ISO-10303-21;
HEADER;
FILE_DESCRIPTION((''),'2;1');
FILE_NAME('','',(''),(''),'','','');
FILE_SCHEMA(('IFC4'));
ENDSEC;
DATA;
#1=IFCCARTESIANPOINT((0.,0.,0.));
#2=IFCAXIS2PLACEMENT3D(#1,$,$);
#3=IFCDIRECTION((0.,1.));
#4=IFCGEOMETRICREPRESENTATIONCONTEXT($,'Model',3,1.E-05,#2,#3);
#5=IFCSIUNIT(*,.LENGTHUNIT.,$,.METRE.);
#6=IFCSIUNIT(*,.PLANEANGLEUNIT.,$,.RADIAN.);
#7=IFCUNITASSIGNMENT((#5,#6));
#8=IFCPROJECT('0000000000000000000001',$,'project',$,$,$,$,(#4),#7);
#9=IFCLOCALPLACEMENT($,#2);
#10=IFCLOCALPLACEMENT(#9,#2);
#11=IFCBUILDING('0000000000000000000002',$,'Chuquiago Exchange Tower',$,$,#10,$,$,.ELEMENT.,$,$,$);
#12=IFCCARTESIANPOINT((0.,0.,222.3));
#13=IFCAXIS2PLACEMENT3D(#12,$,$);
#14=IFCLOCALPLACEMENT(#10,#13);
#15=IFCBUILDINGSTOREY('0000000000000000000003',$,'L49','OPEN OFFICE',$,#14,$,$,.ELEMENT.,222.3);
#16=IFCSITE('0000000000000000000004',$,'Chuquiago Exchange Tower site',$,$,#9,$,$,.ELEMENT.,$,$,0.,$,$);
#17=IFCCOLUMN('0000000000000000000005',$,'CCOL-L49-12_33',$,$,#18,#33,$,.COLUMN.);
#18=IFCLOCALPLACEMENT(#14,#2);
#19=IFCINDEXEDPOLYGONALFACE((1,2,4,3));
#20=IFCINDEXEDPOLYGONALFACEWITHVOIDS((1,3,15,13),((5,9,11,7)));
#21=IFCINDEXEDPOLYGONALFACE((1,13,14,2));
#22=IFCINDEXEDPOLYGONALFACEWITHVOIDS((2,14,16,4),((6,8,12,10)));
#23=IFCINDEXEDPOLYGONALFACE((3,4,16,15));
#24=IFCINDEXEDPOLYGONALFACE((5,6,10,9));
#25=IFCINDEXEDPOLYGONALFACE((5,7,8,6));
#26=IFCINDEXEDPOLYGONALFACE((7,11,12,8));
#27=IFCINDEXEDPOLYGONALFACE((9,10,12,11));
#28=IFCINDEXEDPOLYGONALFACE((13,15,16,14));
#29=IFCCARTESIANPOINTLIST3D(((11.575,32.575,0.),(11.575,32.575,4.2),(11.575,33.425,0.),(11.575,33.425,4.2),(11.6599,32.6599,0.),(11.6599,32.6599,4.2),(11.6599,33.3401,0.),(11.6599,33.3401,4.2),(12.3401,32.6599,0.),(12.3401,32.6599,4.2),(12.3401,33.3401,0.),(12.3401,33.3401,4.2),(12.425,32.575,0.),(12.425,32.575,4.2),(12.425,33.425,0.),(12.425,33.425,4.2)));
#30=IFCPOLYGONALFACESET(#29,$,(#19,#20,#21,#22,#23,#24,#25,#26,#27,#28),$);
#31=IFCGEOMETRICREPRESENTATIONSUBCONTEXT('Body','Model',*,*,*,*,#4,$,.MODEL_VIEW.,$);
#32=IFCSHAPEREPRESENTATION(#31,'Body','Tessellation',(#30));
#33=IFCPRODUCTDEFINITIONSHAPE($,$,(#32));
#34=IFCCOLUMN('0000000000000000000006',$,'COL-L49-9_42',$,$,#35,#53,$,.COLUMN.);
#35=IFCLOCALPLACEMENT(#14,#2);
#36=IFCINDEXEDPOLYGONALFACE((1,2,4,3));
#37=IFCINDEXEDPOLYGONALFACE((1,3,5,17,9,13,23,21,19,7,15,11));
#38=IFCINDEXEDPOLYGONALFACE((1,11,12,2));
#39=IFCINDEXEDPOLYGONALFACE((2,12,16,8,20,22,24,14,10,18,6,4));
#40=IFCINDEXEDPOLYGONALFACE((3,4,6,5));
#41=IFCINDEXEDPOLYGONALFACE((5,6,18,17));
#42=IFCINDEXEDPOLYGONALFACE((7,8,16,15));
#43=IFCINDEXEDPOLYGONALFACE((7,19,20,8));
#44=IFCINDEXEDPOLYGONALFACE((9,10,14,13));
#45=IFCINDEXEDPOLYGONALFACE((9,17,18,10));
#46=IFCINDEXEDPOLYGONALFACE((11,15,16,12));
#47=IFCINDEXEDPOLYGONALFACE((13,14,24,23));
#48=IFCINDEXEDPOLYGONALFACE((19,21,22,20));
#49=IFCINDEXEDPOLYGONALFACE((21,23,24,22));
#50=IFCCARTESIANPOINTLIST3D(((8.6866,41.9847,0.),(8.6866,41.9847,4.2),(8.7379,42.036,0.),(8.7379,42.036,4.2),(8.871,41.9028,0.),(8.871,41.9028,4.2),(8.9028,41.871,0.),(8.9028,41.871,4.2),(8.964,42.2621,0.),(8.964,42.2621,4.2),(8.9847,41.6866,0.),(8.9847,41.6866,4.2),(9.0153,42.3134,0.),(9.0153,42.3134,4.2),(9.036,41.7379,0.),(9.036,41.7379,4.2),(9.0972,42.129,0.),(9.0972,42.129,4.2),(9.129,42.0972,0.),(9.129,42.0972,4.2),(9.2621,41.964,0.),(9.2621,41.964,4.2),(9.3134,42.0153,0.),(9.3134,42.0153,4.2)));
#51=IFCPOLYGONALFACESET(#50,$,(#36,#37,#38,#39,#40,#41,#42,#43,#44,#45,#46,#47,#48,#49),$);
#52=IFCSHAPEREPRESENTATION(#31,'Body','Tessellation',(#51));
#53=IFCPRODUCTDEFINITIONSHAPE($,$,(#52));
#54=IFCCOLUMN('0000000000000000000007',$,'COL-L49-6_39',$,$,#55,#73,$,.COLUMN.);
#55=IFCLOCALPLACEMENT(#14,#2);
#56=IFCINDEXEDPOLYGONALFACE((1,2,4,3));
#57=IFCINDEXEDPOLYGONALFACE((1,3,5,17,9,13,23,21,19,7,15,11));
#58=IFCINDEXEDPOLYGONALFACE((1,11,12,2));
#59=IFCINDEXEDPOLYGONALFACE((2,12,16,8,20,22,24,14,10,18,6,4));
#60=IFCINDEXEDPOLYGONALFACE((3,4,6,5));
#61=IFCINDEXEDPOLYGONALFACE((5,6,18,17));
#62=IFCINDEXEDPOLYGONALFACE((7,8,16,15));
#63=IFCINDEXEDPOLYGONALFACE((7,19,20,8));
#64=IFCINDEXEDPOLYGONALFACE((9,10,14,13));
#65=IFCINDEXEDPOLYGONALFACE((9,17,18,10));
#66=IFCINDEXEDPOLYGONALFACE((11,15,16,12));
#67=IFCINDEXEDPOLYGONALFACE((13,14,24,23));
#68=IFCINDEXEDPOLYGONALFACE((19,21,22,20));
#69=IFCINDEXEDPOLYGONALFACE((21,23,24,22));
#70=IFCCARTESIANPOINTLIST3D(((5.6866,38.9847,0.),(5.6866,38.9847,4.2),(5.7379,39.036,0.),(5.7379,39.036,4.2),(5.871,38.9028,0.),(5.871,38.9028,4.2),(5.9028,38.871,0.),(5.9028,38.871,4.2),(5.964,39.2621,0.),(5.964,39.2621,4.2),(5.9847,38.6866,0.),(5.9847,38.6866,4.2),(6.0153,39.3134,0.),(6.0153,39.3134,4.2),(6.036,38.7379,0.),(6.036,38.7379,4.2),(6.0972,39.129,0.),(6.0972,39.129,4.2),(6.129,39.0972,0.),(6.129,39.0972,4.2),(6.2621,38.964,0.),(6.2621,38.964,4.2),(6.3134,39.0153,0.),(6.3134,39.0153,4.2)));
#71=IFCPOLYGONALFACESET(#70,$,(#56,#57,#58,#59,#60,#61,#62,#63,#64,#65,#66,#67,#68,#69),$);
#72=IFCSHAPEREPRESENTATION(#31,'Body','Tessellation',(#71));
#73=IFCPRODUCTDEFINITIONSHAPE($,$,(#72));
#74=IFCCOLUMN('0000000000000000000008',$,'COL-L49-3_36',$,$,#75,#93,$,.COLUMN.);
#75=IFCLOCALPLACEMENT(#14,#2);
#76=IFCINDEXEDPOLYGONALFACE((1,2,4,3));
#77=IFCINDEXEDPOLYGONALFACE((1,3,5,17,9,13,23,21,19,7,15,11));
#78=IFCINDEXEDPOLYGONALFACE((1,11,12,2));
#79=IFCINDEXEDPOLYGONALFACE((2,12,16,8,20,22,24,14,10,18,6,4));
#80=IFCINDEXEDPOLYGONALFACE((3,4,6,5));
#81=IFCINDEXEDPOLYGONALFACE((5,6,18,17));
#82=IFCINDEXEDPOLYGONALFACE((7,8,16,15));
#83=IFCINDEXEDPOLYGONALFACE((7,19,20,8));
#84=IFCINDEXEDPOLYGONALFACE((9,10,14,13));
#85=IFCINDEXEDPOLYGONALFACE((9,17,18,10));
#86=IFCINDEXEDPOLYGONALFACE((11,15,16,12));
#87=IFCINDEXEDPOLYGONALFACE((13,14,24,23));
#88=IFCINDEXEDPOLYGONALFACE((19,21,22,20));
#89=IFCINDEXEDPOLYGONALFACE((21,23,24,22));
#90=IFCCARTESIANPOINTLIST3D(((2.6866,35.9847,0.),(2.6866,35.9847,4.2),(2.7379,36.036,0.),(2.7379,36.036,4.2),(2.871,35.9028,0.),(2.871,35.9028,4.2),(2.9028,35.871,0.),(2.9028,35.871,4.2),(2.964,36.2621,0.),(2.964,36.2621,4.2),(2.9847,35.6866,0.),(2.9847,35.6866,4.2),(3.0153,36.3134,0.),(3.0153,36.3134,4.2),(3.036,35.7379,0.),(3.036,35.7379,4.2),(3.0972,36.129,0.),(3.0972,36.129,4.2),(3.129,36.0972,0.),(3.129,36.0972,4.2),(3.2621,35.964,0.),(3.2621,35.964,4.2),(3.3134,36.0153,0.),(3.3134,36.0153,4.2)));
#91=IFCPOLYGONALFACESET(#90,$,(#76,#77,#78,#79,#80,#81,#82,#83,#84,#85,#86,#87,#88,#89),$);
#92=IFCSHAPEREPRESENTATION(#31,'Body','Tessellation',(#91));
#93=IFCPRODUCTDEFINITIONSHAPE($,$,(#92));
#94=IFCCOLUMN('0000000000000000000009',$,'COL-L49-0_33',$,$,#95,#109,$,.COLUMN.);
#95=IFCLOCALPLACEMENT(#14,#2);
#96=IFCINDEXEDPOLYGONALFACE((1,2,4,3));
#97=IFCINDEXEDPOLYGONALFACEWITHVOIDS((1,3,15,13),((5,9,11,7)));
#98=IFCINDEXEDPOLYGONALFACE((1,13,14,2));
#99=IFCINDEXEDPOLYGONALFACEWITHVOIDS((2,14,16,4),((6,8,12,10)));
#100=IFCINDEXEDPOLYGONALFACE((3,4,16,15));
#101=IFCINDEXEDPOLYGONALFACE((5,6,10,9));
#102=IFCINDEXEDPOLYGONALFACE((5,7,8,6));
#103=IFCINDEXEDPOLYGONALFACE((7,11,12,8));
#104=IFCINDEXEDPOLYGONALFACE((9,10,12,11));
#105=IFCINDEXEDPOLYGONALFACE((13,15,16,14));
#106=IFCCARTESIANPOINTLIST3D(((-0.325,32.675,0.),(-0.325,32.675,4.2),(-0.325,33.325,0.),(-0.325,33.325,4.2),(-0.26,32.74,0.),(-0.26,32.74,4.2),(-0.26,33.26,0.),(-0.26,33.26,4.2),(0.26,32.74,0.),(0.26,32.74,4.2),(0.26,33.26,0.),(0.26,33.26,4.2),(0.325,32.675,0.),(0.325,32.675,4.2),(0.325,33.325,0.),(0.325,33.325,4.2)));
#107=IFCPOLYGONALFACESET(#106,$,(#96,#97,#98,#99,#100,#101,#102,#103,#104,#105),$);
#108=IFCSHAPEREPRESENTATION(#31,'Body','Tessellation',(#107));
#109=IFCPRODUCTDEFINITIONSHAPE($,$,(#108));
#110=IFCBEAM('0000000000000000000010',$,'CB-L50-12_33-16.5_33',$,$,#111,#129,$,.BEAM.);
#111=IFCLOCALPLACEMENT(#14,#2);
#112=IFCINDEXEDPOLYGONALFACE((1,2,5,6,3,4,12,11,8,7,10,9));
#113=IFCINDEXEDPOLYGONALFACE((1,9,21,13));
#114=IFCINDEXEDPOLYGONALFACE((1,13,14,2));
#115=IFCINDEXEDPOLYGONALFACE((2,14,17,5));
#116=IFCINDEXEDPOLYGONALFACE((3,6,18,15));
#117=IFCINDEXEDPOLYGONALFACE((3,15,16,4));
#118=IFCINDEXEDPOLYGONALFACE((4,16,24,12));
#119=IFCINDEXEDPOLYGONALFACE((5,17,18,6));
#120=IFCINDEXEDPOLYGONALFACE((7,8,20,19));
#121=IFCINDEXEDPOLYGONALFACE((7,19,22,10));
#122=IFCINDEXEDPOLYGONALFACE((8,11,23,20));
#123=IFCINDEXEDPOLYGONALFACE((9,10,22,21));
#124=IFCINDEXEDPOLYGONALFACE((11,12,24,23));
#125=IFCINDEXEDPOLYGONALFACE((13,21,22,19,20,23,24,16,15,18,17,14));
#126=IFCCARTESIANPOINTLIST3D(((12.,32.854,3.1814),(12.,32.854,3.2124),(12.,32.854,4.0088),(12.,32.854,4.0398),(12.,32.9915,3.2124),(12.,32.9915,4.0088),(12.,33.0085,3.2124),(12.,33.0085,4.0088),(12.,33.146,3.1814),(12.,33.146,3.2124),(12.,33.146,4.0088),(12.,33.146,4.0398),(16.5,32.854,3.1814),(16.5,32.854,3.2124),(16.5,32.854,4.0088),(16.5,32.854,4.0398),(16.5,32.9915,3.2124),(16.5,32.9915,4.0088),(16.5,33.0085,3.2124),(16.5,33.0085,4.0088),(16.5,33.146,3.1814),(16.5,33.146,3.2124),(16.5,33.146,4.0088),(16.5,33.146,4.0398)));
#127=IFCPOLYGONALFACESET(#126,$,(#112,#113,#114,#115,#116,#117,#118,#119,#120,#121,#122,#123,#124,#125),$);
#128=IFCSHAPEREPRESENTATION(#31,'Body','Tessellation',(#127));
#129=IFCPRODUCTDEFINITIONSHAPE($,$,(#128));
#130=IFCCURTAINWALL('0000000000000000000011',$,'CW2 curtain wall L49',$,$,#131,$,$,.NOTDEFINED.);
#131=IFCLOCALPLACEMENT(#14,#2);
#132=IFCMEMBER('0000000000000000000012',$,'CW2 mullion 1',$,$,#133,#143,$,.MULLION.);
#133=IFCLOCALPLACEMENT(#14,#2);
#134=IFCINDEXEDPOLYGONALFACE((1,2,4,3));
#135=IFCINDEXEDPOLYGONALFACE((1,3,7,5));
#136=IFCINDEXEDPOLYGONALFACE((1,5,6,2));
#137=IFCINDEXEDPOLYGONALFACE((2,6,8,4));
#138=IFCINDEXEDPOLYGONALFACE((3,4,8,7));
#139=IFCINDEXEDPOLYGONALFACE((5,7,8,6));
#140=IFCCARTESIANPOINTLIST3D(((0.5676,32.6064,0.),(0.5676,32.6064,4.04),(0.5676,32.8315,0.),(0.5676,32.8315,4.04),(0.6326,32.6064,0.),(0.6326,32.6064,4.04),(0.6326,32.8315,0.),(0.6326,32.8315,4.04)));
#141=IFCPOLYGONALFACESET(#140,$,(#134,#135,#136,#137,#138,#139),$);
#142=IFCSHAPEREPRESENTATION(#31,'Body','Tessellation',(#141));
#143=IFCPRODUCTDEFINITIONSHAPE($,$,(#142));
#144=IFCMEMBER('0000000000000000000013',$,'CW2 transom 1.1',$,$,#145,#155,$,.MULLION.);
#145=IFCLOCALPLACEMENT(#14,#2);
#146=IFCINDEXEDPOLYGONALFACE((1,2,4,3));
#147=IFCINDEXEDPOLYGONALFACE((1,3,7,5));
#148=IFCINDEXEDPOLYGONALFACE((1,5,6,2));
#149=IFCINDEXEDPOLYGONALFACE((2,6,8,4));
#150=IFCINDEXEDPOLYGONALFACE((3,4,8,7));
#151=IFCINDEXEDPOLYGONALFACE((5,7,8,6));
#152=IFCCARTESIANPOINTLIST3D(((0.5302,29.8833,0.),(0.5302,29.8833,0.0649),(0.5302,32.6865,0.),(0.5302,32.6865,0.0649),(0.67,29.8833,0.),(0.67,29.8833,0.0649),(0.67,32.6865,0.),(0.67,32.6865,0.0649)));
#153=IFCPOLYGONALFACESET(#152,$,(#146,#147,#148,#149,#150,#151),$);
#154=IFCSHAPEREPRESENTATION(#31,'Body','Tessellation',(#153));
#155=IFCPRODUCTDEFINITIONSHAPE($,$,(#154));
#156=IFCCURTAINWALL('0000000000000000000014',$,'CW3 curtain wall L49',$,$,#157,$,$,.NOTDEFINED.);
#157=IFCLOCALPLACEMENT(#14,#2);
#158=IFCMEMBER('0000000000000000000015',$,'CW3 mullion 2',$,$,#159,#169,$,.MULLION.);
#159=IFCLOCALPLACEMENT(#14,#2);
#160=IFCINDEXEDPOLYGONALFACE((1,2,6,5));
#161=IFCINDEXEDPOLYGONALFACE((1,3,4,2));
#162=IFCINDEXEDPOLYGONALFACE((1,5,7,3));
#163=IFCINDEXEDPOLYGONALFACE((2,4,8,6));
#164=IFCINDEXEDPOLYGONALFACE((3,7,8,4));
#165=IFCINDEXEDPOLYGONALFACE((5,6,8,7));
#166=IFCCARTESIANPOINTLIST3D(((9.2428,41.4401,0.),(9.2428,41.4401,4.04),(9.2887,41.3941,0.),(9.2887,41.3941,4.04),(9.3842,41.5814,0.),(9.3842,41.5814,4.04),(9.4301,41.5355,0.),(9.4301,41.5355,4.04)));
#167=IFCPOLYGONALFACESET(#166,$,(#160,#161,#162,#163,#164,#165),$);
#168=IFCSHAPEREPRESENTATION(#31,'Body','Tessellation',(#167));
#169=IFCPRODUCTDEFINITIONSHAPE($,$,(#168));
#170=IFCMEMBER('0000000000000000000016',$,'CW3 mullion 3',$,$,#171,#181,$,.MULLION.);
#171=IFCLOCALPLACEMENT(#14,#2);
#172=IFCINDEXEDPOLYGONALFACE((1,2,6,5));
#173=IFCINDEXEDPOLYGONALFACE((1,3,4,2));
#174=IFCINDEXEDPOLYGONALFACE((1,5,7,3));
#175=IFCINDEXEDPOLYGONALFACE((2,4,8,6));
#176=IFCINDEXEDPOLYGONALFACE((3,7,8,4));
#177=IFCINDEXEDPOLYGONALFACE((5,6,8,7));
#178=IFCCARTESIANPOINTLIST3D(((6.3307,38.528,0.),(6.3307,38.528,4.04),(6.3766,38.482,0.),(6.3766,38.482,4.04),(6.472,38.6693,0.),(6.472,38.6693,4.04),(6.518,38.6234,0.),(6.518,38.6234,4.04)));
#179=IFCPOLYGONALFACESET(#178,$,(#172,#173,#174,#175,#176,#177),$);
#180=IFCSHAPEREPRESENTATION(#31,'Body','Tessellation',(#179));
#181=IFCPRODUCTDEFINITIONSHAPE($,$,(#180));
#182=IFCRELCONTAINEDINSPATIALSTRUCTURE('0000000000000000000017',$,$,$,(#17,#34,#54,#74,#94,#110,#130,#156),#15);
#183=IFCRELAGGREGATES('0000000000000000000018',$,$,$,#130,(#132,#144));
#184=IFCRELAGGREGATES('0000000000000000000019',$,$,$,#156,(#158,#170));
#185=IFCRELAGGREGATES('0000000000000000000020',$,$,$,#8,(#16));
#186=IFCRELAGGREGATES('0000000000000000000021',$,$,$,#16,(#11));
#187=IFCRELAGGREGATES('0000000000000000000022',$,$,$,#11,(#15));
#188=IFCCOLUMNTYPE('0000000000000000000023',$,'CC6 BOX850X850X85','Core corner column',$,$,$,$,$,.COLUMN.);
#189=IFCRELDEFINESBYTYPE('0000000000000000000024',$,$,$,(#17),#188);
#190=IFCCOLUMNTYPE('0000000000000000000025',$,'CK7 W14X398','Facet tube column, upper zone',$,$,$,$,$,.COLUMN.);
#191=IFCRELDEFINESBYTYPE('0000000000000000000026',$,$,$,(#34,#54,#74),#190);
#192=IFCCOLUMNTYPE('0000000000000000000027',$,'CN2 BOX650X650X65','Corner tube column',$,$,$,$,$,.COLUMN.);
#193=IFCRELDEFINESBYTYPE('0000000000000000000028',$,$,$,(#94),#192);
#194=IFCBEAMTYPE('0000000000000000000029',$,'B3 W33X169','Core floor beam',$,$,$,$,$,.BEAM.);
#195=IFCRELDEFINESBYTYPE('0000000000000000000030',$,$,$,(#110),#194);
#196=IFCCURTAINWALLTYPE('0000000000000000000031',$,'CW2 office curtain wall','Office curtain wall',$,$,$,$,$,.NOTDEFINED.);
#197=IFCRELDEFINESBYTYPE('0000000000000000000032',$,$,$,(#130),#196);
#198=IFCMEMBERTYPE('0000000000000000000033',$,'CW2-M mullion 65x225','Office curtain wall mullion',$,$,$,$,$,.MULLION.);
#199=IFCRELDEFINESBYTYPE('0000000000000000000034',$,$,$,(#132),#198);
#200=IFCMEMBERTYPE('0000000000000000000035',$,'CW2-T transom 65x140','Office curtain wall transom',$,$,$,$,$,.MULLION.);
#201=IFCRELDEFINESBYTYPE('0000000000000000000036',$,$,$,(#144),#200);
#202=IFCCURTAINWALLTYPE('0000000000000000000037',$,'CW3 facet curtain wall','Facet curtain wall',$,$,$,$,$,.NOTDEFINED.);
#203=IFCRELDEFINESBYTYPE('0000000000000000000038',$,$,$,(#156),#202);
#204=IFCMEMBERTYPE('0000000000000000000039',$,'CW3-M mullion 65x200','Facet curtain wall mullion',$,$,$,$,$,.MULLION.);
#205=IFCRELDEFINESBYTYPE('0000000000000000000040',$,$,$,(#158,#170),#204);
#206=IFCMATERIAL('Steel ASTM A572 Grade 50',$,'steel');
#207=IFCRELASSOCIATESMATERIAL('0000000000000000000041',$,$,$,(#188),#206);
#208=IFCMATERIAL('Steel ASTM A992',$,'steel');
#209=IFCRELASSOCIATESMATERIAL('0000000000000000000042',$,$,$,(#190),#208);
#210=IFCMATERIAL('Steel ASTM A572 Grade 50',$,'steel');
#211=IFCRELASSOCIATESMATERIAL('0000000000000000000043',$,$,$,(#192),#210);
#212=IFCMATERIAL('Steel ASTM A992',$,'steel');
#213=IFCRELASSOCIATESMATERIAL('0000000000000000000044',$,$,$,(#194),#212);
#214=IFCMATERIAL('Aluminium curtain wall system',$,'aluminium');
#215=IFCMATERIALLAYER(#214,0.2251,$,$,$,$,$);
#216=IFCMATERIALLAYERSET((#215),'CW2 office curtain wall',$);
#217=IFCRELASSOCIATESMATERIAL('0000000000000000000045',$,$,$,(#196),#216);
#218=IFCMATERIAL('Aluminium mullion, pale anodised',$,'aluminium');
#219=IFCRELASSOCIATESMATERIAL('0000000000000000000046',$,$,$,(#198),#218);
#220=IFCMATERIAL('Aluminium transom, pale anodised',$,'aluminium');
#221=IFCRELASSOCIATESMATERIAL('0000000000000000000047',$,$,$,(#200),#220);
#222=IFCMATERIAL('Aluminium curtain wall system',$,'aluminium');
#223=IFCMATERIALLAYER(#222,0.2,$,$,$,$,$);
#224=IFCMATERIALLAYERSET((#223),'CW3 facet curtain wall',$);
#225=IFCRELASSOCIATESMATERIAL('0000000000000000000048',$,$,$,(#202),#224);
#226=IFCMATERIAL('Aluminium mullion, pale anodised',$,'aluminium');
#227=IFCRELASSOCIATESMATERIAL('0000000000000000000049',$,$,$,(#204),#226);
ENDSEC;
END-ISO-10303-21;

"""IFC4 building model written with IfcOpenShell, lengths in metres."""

from ifc_helpers import new_model, si_unit, direction, frame, origin, origin_2d, place, context, subcontext, project, spatial, rectangle, hollow_rectangle, i_section, extrude, material, layer, layer_set, material_profile, profile_set, type_object, element, aggregate, save


model = new_model("IFC4")

# Units and contexts
model_context = context("Model", 3, precision=1e-05, world=origin(), true_north=direction((0.0, 1.0)))
body_context = subcontext(model_context, "Body", "Model", "MODEL_VIEW")
ifc_project = project(units=[si_unit("LENGTHUNIT", "METRE"), si_unit("PLANEANGLEUNIT", "RADIAN")], contexts=[model_context])

# Site, building, storey
site_placement = place(None, origin())
site = spatial("IfcSite", under=ifc_project, at=site_placement, Name="Chuquiago Exchange Tower site", CompositionType="ELEMENT", RefElevation=0.0)
building_placement = place(site_placement, origin())
building = spatial("IfcBuilding", under=site, at=building_placement, Name="Chuquiago Exchange Tower", CompositionType="ELEMENT")
storey_placement = place(building_placement, frame((0.0, 0.0, 222.3)))
storey = spatial("IfcBuildingStorey", under=building, at=storey_placement, Name="L49", Description="OPEN OFFICE", CompositionType="ELEMENT", Elevation=222.3)

# Columns
ifc_material_1 = material(Name="Steel ASTM A572 Grade 50", Category="steel")
ifc_material_profile_1 = material_profile(ifc_material_1, hollow_rectangle(XDim=0.8501, YDim=0.8501, WallThickness=0.085, at=origin_2d()), Name="BOX850X850X85")
ifc_profile_set_1 = profile_set([ifc_material_profile_1], Name="Steel ASTM A572 Grade 50")
column_type_1 = type_object("IfcColumnType", Name="CC6 BOX850X850X85", Description="Core corner column", PredefinedType="COLUMN", material=ifc_profile_set_1)
column_1_placement = place(storey_placement, frame((12.0, 33.0, 0.0), z_axis=(0.0, 0.0, 1.0), x_axis=(1.0, 0.0, 0.0)))
element("IfcColumn", 1, at=column_1_placement, inside=storey, type_object=column_type_1, Name="CCOL-L49-12_33", PredefinedType="COLUMN", context=body_context, shape_type="SweptSolid", body=[
    extrude(hollow_rectangle(XDim=0.8501, YDim=0.8501, WallThickness=0.085, at=origin_2d()), origin(), (0.0, 0.0, 1.0), 4.2),
])
ifc_material_2 = material(Name="Steel ASTM A992", Category="steel")
ifc_material_profile_2 = material_profile(ifc_material_2, i_section(OverallWidth=0.4216, OverallDepth=0.4648, WebThickness=0.0449, FlangeThickness=0.0725, at=origin_2d()), Name="W14X398")
ifc_profile_set_2 = profile_set([ifc_material_profile_2], Name="Steel ASTM A992")
column_type_2 = type_object("IfcColumnType", Name="CK7 W14X398", Description="Facet tube column, upper zone", PredefinedType="COLUMN", material=ifc_profile_set_2)
for number, where, z_axis, x_axis, name in (
    (2, (9.0, 42.0, 0.0), (0.0, 0.0, 1.0), (-0.707107, 0.707107, 0.0), "COL-L49-9_42"),
    (3, (6.0, 39.0, 0.0), (0.0, 0.0, 1.0), (-0.707107, 0.707107, 0.0), "COL-L49-6_39"),
    (4, (3.0, 36.0, 0.0), (0.0, 0.0, 1.0), (-0.707107, 0.707107, 0.0), "COL-L49-3_36"),
):
    element("IfcColumn", number, at=place(storey_placement, frame(where, z_axis=z_axis, x_axis=x_axis)), inside=storey, type_object=column_type_2, Name=name, PredefinedType="COLUMN", context=body_context, shape_type="SweptSolid", body=[
        extrude(i_section(OverallWidth=0.4216, OverallDepth=0.4648, WebThickness=0.0449, FlangeThickness=0.0725, at=origin_2d()), origin(), (0.0, 0.0, 1.0), 4.2),
    ])
ifc_material_3 = material(Name="Steel ASTM A572 Grade 50", Category="steel")
ifc_material_profile_3 = material_profile(ifc_material_3, hollow_rectangle(XDim=0.6499, YDim=0.6499, WallThickness=0.0649, at=origin_2d()), Name="BOX650X650X65")
ifc_profile_set_3 = profile_set([ifc_material_profile_3], Name="Steel ASTM A572 Grade 50")
column_type_3 = type_object("IfcColumnType", Name="CN2 BOX650X650X65", Description="Corner tube column", PredefinedType="COLUMN", material=ifc_profile_set_3)
column_2_placement = place(storey_placement, frame((0.0, 33.0, 0.0), z_axis=(0.0, 0.0, 1.0), x_axis=(-1.0, 0.0, 0.0)))
element("IfcColumn", 5, at=column_2_placement, inside=storey, type_object=column_type_3, Name="COL-L49-0_33", PredefinedType="COLUMN", context=body_context, shape_type="SweptSolid", body=[
    extrude(hollow_rectangle(XDim=0.6499, YDim=0.6499, WallThickness=0.0649, at=origin_2d()), origin(), (0.0, 0.0, 1.0), 4.2),
])

# Beam
ifc_material_4 = material(Name="Steel ASTM A992", Category="steel")
ifc_material_profile_4 = material_profile(ifc_material_4, i_section(OverallWidth=0.292, OverallDepth=0.8584, WebThickness=0.0171, FlangeThickness=0.031, at=origin_2d()), Name="W33X169")
ifc_profile_set_4 = profile_set([ifc_material_profile_4], Name="Steel ASTM A992")
beam_type_1 = type_object("IfcBeamType", Name="B3 W33X169", Description="Core floor beam", PredefinedType="BEAM", material=ifc_profile_set_4)
beam_1_placement = place(storey_placement, frame((12.0, 33.0, 3.6106), z_axis=(1.0, 0.0, 0.0), x_axis=(0.0, 1.0, 0.0)))
element("IfcBeam", 6, at=beam_1_placement, inside=storey, type_object=beam_type_1, Name="CB-L50-12_33-16.5_33", PredefinedType="BEAM", context=body_context, shape_type="SweptSolid", body=[
    extrude(i_section(OverallWidth=0.292, OverallDepth=0.8584, WebThickness=0.0171, FlangeThickness=0.031, at=origin_2d()), origin(), (0.0, 0.0, 1.0), 4.5),
])

# Curtain walls, members
ifc_material_5 = material(Name="Aluminium curtain wall system", Category="aluminium")
ifc_layer_1 = layer(ifc_material_5, 0.2251)
ifc_layer_set_1 = layer_set([ifc_layer_1], Name="CW2 office curtain wall")
curtain_wall_type_1 = type_object("IfcCurtainWallType", Name="CW2 office curtain wall", Description="Office curtain wall", PredefinedType="NOTDEFINED", material=ifc_layer_set_1)
curtain_wall_1_placement = place(storey_placement, origin())
curtain_wall_1 = element("IfcCurtainWall", 7, at=curtain_wall_1_placement, inside=storey, type_object=curtain_wall_type_1, Name="CW2 curtain wall L49", PredefinedType="NOTDEFINED")
ifc_material_6 = material(Name="Aluminium mullion, pale anodised", Category="aluminium")
ifc_material_profile_5 = material_profile(ifc_material_6, rectangle(XDim=0.0649, YDim=0.2251, at=origin_2d()), Name="AL 65x225")
ifc_profile_set_5 = profile_set([ifc_material_profile_5], Name="Aluminium mullion, pale anodised")
member_type_1 = type_object("IfcMemberType", Name="CW2-M mullion 65x225", Description="Office curtain wall mullion", PredefinedType="MULLION", material=ifc_profile_set_5)
member_1_placement = place(storey_placement, frame((0.6001, 32.719, 0.0), z_axis=(0.0, 0.0, 1.0), x_axis=(1.0, 0.0, 0.0)))
member_1 = element("IfcMember", 8, at=member_1_placement, type_object=member_type_1, Name="CW2 mullion 1", PredefinedType="MULLION", context=body_context, shape_type="SweptSolid", body=[
    extrude(rectangle(XDim=0.0649, YDim=0.2251, at=origin_2d()), origin(), (0.0, 0.0, 1.0), 4.04),
])
ifc_material_7 = material(Name="Aluminium transom, pale anodised", Category="aluminium")
ifc_material_profile_6 = material_profile(ifc_material_7, rectangle(XDim=0.1399, YDim=0.0649, at=origin_2d()), Name="AL 140x65")
ifc_profile_set_6 = profile_set([ifc_material_profile_6], Name="Aluminium transom, pale anodised")
member_type_2 = type_object("IfcMemberType", Name="CW2-T transom 65x140", Description="Office curtain wall transom", PredefinedType="MULLION", material=ifc_profile_set_6)
member_2_placement = place(storey_placement, frame((0.6001, 32.6865, 0.0325), z_axis=(0.0, -1.0, 0.0), x_axis=(1.0, 0.0, 0.0)))
member_2 = element("IfcMember", 9, at=member_2_placement, type_object=member_type_2, Name="CW2 transom 1.1", PredefinedType="MULLION", context=body_context, shape_type="SweptSolid", body=[
    extrude(rectangle(XDim=0.1399, YDim=0.0649, at=origin_2d()), origin(), (0.0, 0.0, 1.0), 2.8032),
])
aggregate(curtain_wall_1, [member_1, member_2])
ifc_material_8 = material(Name="Aluminium curtain wall system", Category="aluminium")
ifc_layer_2 = layer(ifc_material_8, 0.2)
ifc_layer_set_2 = layer_set([ifc_layer_2], Name="CW3 facet curtain wall")
curtain_wall_type_2 = type_object("IfcCurtainWallType", Name="CW3 facet curtain wall", Description="Facet curtain wall", PredefinedType="NOTDEFINED", material=ifc_layer_set_2)
curtain_wall_2_placement = place(storey_placement, origin())
curtain_wall_2 = element("IfcCurtainWall", 10, at=curtain_wall_2_placement, inside=storey, type_object=curtain_wall_type_2, Name="CW3 curtain wall L49", PredefinedType="NOTDEFINED")
ifc_material_9 = material(Name="Aluminium mullion, pale anodised", Category="aluminium")
ifc_material_profile_7 = material_profile(ifc_material_9, rectangle(XDim=0.0649, YDim=0.2, at=origin_2d()), Name="AL 65x200")
ifc_profile_set_7 = profile_set([ifc_material_profile_7], Name="Aluminium mullion, pale anodised")
member_type_3 = type_object("IfcMemberType", Name="CW3-M mullion 65x200", Description="Facet curtain wall mullion", PredefinedType="MULLION", material=ifc_profile_set_7)
member_3_placement = place(storey_placement, frame((9.3364, 41.4878, 0.0), z_axis=(0.0, 0.0, 1.0), x_axis=(0.707107, -0.707107, 0.0)))
member_3 = element("IfcMember", 11, at=member_3_placement, type_object=member_type_3, Name="CW3 mullion 2", PredefinedType="MULLION", context=body_context, shape_type="SweptSolid", body=[
    extrude(rectangle(XDim=0.0649, YDim=0.2, at=origin_2d()), origin(), (0.0, 0.0, 1.0), 4.04),
])
member_4_placement = place(storey_placement, frame((6.4243, 38.5757, 0.0), z_axis=(0.0, 0.0, 1.0), x_axis=(0.707107, -0.707107, 0.0)))
member_4 = element("IfcMember", 12, at=member_4_placement, type_object=member_type_3, Name="CW3 mullion 3", PredefinedType="MULLION", context=body_context, shape_type="SweptSolid", body=[
    extrude(rectangle(XDim=0.0649, YDim=0.2, at=origin_2d()), origin(), (0.0, 0.0, 1.0), 4.04),
])

aggregate(curtain_wall_2, [member_3, member_4])

save(model, "model.ifc")
